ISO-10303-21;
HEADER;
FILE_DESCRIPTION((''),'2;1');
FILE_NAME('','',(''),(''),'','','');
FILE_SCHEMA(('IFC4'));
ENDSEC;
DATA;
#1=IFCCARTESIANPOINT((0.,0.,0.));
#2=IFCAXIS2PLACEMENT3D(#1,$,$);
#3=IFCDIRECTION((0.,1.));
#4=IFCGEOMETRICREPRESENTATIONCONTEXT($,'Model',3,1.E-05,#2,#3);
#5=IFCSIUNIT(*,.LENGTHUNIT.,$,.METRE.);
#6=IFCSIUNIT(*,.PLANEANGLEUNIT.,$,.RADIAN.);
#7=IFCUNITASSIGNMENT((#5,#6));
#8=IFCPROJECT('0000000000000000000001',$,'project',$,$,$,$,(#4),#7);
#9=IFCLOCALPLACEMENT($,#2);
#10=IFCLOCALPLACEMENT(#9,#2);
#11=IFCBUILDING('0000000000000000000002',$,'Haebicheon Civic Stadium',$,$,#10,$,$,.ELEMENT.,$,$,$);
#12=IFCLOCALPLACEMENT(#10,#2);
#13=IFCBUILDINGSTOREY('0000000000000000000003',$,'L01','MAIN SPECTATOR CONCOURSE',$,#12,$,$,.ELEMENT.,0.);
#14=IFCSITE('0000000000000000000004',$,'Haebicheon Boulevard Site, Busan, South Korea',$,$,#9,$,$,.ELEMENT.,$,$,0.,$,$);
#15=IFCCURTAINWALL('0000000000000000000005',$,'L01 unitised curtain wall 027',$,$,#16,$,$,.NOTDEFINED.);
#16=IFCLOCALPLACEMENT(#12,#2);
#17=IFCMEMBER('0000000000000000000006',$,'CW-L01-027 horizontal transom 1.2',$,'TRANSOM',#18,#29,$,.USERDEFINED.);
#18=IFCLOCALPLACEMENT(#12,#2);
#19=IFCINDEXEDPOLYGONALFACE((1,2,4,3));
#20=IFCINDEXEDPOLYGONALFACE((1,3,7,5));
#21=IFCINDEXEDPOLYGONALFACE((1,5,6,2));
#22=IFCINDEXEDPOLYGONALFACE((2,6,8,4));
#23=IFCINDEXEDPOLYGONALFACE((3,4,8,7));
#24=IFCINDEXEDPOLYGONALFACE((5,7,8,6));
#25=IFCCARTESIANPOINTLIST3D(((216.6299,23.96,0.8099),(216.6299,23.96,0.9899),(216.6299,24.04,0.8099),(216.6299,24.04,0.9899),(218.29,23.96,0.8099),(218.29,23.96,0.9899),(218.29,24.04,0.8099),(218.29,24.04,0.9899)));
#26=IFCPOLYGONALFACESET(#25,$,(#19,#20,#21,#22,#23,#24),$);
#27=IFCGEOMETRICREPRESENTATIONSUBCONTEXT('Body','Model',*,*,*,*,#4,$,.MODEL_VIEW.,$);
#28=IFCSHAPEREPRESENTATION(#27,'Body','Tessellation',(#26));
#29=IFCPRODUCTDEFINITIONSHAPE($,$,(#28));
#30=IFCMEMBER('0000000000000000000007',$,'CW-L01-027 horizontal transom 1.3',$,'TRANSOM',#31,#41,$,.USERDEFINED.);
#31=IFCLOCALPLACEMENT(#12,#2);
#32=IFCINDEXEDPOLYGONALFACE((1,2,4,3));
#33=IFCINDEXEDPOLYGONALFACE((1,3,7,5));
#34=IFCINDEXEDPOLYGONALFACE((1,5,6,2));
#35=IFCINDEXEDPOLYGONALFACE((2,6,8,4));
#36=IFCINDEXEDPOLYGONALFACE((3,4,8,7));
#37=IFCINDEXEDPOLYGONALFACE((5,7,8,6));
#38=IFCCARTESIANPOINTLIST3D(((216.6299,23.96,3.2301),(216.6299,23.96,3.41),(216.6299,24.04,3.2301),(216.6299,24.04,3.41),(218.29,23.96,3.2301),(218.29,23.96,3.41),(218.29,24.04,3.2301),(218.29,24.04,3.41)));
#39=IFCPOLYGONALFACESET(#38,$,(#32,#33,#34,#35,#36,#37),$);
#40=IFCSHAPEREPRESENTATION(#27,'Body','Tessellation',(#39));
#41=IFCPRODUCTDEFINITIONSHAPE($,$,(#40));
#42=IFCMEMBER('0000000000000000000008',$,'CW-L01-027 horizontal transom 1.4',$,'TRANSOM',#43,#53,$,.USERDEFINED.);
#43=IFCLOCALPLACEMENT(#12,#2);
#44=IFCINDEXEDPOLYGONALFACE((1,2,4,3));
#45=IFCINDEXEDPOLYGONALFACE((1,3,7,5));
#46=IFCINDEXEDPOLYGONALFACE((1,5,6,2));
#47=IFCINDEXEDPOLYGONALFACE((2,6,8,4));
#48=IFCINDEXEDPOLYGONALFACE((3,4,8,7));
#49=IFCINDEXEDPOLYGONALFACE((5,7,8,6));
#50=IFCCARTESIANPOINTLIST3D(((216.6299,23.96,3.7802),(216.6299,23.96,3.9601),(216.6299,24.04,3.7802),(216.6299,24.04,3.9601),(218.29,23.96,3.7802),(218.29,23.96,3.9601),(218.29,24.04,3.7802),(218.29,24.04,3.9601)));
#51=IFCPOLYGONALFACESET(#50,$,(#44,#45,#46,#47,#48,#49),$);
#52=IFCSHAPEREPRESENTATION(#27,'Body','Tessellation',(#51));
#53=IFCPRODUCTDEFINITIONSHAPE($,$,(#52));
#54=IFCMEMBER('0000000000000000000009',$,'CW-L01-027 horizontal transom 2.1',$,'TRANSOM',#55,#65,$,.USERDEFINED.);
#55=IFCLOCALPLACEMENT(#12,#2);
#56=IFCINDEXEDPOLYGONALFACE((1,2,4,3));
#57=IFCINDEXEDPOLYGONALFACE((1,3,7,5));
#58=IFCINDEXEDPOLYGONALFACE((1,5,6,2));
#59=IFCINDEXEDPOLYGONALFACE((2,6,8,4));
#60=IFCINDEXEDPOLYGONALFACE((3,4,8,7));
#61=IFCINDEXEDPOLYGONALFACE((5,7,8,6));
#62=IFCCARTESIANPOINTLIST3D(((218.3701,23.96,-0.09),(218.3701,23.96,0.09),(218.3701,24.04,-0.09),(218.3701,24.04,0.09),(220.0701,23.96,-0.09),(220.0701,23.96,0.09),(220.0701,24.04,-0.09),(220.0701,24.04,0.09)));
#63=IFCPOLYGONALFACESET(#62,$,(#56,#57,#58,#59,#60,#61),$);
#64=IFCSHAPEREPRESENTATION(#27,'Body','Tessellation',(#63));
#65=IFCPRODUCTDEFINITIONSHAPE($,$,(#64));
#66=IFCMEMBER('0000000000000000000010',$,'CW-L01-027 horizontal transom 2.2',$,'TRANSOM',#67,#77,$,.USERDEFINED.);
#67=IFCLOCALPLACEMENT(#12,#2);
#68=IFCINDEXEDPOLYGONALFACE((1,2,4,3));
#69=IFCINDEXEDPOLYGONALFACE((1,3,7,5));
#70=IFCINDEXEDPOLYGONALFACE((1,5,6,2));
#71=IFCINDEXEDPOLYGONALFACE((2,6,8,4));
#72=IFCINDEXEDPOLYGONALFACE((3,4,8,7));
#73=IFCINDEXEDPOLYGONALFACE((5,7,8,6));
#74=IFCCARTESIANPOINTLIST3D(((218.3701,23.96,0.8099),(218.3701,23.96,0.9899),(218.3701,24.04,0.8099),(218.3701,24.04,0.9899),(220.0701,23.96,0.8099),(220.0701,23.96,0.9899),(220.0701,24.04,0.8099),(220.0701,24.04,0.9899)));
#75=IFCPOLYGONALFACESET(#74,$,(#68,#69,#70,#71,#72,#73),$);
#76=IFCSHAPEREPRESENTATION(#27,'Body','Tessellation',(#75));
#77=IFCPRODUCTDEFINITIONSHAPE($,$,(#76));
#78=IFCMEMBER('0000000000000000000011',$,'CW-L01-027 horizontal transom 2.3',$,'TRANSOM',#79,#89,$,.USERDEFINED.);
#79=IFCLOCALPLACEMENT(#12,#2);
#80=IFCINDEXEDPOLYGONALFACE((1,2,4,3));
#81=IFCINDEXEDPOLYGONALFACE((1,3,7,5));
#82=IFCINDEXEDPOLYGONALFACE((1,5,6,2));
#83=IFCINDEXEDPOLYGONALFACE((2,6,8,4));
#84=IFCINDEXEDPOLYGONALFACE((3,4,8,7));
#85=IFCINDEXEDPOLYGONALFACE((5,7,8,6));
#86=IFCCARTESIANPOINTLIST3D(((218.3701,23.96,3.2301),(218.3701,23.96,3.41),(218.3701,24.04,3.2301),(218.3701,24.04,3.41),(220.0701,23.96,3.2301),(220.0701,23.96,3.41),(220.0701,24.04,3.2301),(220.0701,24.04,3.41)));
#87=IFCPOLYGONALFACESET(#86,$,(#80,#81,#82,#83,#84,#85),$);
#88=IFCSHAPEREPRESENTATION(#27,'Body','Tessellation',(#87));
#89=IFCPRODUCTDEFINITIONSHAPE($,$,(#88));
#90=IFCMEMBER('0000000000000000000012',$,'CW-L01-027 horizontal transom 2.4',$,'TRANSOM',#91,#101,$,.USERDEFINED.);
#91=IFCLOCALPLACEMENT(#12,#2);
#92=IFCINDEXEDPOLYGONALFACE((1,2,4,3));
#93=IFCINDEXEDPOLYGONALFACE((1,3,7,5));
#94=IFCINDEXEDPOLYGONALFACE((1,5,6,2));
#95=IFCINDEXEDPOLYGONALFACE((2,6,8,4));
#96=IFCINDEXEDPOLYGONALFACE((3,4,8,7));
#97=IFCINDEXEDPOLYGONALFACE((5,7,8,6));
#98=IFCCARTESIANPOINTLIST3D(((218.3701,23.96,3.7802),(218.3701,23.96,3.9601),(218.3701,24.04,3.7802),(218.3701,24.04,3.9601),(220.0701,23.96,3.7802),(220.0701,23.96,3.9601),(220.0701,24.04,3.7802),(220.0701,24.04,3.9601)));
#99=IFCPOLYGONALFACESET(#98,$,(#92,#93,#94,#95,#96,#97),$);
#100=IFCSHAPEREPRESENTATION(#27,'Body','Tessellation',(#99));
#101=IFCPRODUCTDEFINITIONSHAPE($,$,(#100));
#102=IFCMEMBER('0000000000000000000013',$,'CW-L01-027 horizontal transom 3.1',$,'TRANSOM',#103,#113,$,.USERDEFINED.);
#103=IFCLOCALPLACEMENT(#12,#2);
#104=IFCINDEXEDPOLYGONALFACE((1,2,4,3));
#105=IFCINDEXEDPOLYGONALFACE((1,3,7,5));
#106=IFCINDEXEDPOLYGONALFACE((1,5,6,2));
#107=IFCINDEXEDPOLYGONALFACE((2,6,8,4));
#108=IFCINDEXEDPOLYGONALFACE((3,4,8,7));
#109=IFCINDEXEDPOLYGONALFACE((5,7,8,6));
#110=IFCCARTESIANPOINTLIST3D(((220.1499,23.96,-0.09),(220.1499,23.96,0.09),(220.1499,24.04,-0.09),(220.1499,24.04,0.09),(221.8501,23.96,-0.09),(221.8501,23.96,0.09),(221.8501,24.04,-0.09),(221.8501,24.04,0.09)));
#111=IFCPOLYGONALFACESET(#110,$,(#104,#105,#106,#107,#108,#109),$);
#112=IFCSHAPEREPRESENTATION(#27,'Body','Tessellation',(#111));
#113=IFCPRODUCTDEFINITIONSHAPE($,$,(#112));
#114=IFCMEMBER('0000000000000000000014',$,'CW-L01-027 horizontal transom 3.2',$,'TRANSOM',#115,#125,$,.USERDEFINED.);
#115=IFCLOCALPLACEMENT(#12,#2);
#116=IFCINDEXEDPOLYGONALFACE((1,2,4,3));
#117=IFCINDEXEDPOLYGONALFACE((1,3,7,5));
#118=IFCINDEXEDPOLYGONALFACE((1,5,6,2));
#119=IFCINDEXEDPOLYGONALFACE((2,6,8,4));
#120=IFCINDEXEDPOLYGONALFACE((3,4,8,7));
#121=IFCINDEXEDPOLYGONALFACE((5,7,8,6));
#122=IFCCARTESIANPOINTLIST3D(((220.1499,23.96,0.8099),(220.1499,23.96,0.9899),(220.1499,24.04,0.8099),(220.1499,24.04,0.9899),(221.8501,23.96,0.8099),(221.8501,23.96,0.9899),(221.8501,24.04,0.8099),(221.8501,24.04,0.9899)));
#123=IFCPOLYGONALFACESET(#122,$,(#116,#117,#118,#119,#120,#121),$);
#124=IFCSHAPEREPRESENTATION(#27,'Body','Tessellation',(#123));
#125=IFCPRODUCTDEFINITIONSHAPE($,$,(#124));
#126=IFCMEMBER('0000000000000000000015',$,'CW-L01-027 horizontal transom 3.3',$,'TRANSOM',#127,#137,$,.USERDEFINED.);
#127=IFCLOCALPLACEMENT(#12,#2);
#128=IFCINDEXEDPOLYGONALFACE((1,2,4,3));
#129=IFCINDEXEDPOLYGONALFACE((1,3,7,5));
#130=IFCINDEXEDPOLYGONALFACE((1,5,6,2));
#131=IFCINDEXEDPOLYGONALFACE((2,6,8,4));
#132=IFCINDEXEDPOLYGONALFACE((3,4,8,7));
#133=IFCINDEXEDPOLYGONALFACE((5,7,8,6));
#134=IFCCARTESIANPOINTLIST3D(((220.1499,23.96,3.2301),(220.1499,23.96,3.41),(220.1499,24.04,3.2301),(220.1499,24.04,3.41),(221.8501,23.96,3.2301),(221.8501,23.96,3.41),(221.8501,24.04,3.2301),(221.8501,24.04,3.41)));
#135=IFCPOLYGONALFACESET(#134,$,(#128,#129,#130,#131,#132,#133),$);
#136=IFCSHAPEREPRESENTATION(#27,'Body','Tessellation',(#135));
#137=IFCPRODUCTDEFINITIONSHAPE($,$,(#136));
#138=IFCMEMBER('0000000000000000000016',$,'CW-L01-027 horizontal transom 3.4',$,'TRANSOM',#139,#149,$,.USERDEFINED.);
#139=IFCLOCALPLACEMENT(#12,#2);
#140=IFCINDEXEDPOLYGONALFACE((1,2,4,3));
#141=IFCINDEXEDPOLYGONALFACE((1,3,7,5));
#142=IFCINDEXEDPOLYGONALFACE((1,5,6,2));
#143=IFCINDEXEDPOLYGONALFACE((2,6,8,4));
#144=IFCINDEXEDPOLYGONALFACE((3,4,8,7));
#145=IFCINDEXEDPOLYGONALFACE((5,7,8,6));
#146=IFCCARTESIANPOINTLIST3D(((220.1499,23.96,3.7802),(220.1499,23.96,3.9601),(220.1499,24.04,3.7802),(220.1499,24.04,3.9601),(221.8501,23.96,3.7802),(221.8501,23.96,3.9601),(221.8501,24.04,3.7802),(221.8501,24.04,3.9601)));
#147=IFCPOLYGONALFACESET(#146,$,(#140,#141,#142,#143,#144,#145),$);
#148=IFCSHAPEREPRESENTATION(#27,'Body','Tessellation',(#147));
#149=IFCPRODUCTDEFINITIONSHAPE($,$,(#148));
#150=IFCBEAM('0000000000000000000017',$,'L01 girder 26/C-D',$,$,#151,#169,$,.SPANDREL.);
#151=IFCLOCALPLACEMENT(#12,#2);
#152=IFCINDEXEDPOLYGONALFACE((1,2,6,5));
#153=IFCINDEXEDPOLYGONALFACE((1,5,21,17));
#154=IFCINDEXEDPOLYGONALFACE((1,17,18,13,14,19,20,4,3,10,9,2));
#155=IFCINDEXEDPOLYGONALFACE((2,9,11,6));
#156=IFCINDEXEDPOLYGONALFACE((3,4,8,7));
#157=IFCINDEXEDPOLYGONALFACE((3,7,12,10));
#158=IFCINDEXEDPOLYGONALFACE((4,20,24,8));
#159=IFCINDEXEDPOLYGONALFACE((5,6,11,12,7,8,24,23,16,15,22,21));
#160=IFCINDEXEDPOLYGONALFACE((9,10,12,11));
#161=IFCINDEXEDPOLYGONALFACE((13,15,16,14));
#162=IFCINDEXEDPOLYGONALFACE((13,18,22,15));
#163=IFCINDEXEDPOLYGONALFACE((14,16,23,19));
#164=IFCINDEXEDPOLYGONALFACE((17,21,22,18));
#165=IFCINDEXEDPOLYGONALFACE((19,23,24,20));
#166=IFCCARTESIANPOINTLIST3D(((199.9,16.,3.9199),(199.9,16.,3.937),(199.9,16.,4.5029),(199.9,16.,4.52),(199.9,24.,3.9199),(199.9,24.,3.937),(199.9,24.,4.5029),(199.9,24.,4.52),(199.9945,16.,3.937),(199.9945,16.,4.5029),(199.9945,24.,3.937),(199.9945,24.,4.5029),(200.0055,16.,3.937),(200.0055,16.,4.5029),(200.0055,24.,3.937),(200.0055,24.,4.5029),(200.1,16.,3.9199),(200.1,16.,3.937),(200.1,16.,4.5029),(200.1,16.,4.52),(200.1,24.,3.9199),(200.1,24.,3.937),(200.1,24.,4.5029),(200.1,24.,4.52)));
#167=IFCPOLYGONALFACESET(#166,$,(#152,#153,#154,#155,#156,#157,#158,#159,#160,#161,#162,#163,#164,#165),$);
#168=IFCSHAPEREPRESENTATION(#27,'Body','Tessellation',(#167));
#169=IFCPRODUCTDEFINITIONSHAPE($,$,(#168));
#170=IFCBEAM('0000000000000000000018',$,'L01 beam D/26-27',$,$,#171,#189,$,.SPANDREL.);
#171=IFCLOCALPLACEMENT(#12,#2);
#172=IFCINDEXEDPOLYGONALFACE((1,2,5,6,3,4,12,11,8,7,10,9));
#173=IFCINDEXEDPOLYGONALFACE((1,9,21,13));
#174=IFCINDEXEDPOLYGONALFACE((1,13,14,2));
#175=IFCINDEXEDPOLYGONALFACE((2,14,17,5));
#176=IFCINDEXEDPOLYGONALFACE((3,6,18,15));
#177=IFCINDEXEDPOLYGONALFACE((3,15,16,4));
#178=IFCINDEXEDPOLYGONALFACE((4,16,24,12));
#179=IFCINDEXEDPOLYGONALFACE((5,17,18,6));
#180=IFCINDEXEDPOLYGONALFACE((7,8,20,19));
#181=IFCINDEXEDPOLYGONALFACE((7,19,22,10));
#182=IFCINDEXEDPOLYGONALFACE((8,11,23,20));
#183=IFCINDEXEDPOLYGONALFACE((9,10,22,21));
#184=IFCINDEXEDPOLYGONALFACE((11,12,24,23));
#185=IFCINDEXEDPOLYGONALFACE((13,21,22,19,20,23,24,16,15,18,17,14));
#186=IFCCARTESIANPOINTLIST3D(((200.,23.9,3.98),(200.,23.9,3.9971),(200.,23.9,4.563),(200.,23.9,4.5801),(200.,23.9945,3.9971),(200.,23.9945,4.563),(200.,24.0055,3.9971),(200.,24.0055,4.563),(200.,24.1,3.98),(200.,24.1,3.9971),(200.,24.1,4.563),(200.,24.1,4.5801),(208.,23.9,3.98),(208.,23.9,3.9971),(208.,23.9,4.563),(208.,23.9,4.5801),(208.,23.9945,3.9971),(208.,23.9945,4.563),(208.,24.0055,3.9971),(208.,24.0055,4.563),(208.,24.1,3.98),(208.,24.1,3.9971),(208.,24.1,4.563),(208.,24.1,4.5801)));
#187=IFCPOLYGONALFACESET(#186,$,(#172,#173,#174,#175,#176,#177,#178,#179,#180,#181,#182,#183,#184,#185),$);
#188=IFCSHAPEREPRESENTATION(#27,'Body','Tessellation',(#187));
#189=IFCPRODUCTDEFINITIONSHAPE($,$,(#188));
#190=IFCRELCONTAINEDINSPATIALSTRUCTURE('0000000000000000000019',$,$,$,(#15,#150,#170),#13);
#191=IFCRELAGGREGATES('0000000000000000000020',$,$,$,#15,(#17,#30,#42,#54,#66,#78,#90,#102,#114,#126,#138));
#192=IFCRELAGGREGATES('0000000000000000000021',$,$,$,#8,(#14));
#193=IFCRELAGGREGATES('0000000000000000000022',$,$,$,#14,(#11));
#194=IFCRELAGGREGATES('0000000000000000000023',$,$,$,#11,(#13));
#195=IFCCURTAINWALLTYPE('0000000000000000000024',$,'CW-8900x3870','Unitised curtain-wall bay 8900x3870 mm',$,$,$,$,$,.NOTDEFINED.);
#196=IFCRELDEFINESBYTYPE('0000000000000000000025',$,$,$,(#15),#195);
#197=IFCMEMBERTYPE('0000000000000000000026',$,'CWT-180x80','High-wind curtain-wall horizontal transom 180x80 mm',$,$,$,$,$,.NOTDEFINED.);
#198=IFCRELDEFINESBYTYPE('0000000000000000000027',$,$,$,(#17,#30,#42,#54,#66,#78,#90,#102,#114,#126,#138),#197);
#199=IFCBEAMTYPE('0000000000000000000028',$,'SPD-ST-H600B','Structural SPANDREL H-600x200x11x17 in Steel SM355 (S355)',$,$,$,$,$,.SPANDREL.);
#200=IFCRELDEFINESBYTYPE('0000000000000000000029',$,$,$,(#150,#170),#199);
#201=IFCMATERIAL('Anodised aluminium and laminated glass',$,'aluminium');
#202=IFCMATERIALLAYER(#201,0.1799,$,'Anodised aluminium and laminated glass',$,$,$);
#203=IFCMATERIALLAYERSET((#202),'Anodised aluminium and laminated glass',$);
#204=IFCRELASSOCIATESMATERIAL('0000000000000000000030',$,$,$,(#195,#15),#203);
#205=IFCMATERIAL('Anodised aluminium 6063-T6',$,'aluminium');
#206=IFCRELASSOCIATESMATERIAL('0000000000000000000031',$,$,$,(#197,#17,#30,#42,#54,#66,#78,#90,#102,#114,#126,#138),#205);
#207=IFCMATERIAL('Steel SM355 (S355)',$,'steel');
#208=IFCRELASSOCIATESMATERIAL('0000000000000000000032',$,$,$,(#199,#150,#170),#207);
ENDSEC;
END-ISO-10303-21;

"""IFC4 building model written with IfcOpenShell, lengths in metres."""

from ifc_helpers import new_model, si_unit, direction, frame, origin, origin_2d, place, context, subcontext, project, spatial, rectangle, i_section, extrude, material, layer, layer_set, material_profile, profile_set, type_object, element, aggregate, save


model = new_model("IFC4")

# Units and contexts
model_context = context("Model", 3, precision=1e-05, world=origin(), true_north=direction((0.0, 1.0)))
body_context = subcontext(model_context, "Body", "Model", "MODEL_VIEW")
ifc_project = project(units=[si_unit("LENGTHUNIT", "METRE"), si_unit("PLANEANGLEUNIT", "RADIAN")], contexts=[model_context])

# Site, building, storey
site_placement = place(None, origin())
site = spatial("IfcSite", under=ifc_project, at=site_placement, Name="Haebicheon Boulevard Site, Busan, South Korea", CompositionType="ELEMENT", RefElevation=0.0)
building_placement = place(site_placement, origin())
building = spatial("IfcBuilding", under=site, at=building_placement, Name="Haebicheon Civic Stadium", CompositionType="ELEMENT")
storey_placement = place(building_placement, origin())
storey = spatial("IfcBuildingStorey", under=building, at=storey_placement, Name="L01", Description="MAIN SPECTATOR CONCOURSE", CompositionType="ELEMENT", Elevation=0.0)

# Curtain wall, members
ifc_material_1 = material(Name="Anodised aluminium and laminated glass", Category="aluminium")
ifc_layer_1 = layer(ifc_material_1, 0.1799, Name="Anodised aluminium and laminated glass")
ifc_layer_set_1 = layer_set([ifc_layer_1], Name="Anodised aluminium and laminated glass")
curtain_wall_type_1 = type_object("IfcCurtainWallType", Name="CW-8900x3870", Description="Unitised curtain-wall bay 8900x3870 mm", PredefinedType="NOTDEFINED", material=ifc_layer_set_1)
curtain_wall_1_placement = place(storey_placement, origin())
curtain_wall_1 = element("IfcCurtainWall", 1, at=curtain_wall_1_placement, inside=storey, type_object=curtain_wall_type_1, material=ifc_layer_set_1, Name="L01 unitised curtain wall 027", PredefinedType="NOTDEFINED")
ifc_material_2 = material(Name="Anodised aluminium 6063-T6", Category="aluminium")
ifc_material_profile_1 = material_profile(ifc_material_2, rectangle(XDim=0.0801, YDim=0.1799, at=origin_2d()), Name="ALU-TRAN-80x180")
ifc_profile_set_1 = profile_set([ifc_material_profile_1], Name="Anodised aluminium 6063-T6")
member_type_1 = type_object("IfcMemberType", Name="CWT-180x80", Description="High-wind curtain-wall horizontal transom 180x80 mm", PredefinedType="NOTDEFINED", material=ifc_profile_set_1)
member_1_placement = place(storey_placement, frame((216.6299, 24.0, 0.8999), z_axis=(1.0, 0.0, 0.0), x_axis=(0.0, 1.0, 0.0)))
member_1 = element("IfcMember", 2, at=member_1_placement, type_object=member_type_1, material=ifc_profile_set_1, Name="CW-L01-027 horizontal transom 1.2", ObjectType="TRANSOM", PredefinedType="USERDEFINED", context=body_context, shape_type="SweptSolid", body=[
    extrude(rectangle(XDim=0.0801, YDim=0.1799, at=origin_2d()), origin(), (0.0, 0.0, 1.0), 1.6602),
])
member_2_placement = place(storey_placement, frame((216.6299, 24.0, 3.3201), z_axis=(1.0, 0.0, 0.0), x_axis=(0.0, 1.0, 0.0)))
member_2 = element("IfcMember", 3, at=member_2_placement, type_object=member_type_1, material=ifc_profile_set_1, Name="CW-L01-027 horizontal transom 1.3", ObjectType="TRANSOM", PredefinedType="USERDEFINED", context=body_context, shape_type="SweptSolid", body=[
    extrude(rectangle(XDim=0.0801, YDim=0.1799, at=origin_2d()), origin(), (0.0, 0.0, 1.0), 1.6602),
])
member_3_placement = place(storey_placement, frame((216.6299, 24.0, 3.8701), z_axis=(1.0, 0.0, 0.0), x_axis=(0.0, 1.0, 0.0)))
member_3 = element("IfcMember", 4, at=member_3_placement, type_object=member_type_1, material=ifc_profile_set_1, Name="CW-L01-027 horizontal transom 1.4", ObjectType="TRANSOM", PredefinedType="USERDEFINED", context=body_context, shape_type="SweptSolid", body=[
    extrude(rectangle(XDim=0.0801, YDim=0.1799, at=origin_2d()), origin(), (0.0, 0.0, 1.0), 1.6602),
])
member_4_placement = place(storey_placement, frame((218.3701, 24.0, 0.0), z_axis=(1.0, 0.0, 0.0), x_axis=(0.0, 1.0, 0.0)))
member_4 = element("IfcMember", 5, at=member_4_placement, type_object=member_type_1, material=ifc_profile_set_1, Name="CW-L01-027 horizontal transom 2.1", ObjectType="TRANSOM", PredefinedType="USERDEFINED", context=body_context, shape_type="SweptSolid", body=[
    extrude(rectangle(XDim=0.0801, YDim=0.1799, at=origin_2d()), origin(), (0.0, 0.0, 1.0), 1.7),
])
member_5_placement = place(storey_placement, frame((218.3701, 24.0, 0.8999), z_axis=(1.0, 0.0, 0.0), x_axis=(0.0, 1.0, 0.0)))
member_5 = element("IfcMember", 6, at=member_5_placement, type_object=member_type_1, material=ifc_profile_set_1, Name="CW-L01-027 horizontal transom 2.2", ObjectType="TRANSOM", PredefinedType="USERDEFINED", context=body_context, shape_type="SweptSolid", body=[
    extrude(rectangle(XDim=0.0801, YDim=0.1799, at=origin_2d()), origin(), (0.0, 0.0, 1.0), 1.7),
])
member_6_placement = place(storey_placement, frame((218.3701, 24.0, 3.3201), z_axis=(1.0, 0.0, 0.0), x_axis=(0.0, 1.0, 0.0)))
member_6 = element("IfcMember", 7, at=member_6_placement, type_object=member_type_1, material=ifc_profile_set_1, Name="CW-L01-027 horizontal transom 2.3", ObjectType="TRANSOM", PredefinedType="USERDEFINED", context=body_context, shape_type="SweptSolid", body=[
    extrude(rectangle(XDim=0.0801, YDim=0.1799, at=origin_2d()), origin(), (0.0, 0.0, 1.0), 1.7),
])
member_7_placement = place(storey_placement, frame((218.3701, 24.0, 3.8701), z_axis=(1.0, 0.0, 0.0), x_axis=(0.0, 1.0, 0.0)))
member_7 = element("IfcMember", 8, at=member_7_placement, type_object=member_type_1, material=ifc_profile_set_1, Name="CW-L01-027 horizontal transom 2.4", ObjectType="TRANSOM", PredefinedType="USERDEFINED", context=body_context, shape_type="SweptSolid", body=[
    extrude(rectangle(XDim=0.0801, YDim=0.1799, at=origin_2d()), origin(), (0.0, 0.0, 1.0), 1.7),
])
member_8_placement = place(storey_placement, frame((220.1499, 24.0, 0.0), z_axis=(1.0, 0.0, 0.0), x_axis=(0.0, 1.0, 0.0)))
member_8 = element("IfcMember", 9, at=member_8_placement, type_object=member_type_1, material=ifc_profile_set_1, Name="CW-L01-027 horizontal transom 3.1", ObjectType="TRANSOM", PredefinedType="USERDEFINED", context=body_context, shape_type="SweptSolid", body=[
    extrude(rectangle(XDim=0.0801, YDim=0.1799, at=origin_2d()), origin(), (0.0, 0.0, 1.0), 1.7002),
])
member_9_placement = place(storey_placement, frame((220.1499, 24.0, 0.8999), z_axis=(1.0, 0.0, 0.0), x_axis=(0.0, 1.0, 0.0)))
member_9 = element("IfcMember", 10, at=member_9_placement, type_object=member_type_1, material=ifc_profile_set_1, Name="CW-L01-027 horizontal transom 3.2", ObjectType="TRANSOM", PredefinedType="USERDEFINED", context=body_context, shape_type="SweptSolid", body=[
    extrude(rectangle(XDim=0.0801, YDim=0.1799, at=origin_2d()), origin(), (0.0, 0.0, 1.0), 1.7002),
])
member_10_placement = place(storey_placement, frame((220.1499, 24.0, 3.3201), z_axis=(1.0, 0.0, 0.0), x_axis=(0.0, 1.0, 0.0)))
member_10 = element("IfcMember", 11, at=member_10_placement, type_object=member_type_1, material=ifc_profile_set_1, Name="CW-L01-027 horizontal transom 3.3", ObjectType="TRANSOM", PredefinedType="USERDEFINED", context=body_context, shape_type="SweptSolid", body=[
    extrude(rectangle(XDim=0.0801, YDim=0.1799, at=origin_2d()), origin(), (0.0, 0.0, 1.0), 1.7002),
])
member_11_placement = place(storey_placement, frame((220.1499, 24.0, 3.8701), z_axis=(1.0, 0.0, 0.0), x_axis=(0.0, 1.0, 0.0)))
member_11 = element("IfcMember", 12, at=member_11_placement, type_object=member_type_1, material=ifc_profile_set_1, Name="CW-L01-027 horizontal transom 3.4", ObjectType="TRANSOM", PredefinedType="USERDEFINED", context=body_context, shape_type="SweptSolid", body=[
    extrude(rectangle(XDim=0.0801, YDim=0.1799, at=origin_2d()), origin(), (0.0, 0.0, 1.0), 1.7002),
])

# Beams
ifc_material_3 = material(Name="Steel SM355 (S355)", Category="steel")
ifc_material_profile_2 = material_profile(ifc_material_3, i_section(OverallWidth=0.2, OverallDepth=0.6001, WebThickness=0.011, FlangeThickness=0.0171, at=origin_2d()), Name="H-600x200x11x17")
ifc_profile_set_2 = profile_set([ifc_material_profile_2], Name="Steel SM355 (S355)")
beam_type_1 = type_object("IfcBeamType", Name="SPD-ST-H600B", Description="Structural SPANDREL H-600x200x11x17 in Steel SM355 (S355)", PredefinedType="SPANDREL", material=ifc_profile_set_2)
for number, where, z_axis, x_axis, name in (
    (13, (200.0, 16.0, 4.22), (0.0, 1.0, 0.0), (-1.0, 0.0, 0.0), "L01 girder 26/C-D"),
    (14, (200.0, 24.0, 4.28), (1.0, 0.0, 0.0), (0.0, 1.0, 0.0), "L01 beam D/26-27"),
):
    element("IfcBeam", number, at=place(storey_placement, frame(where, z_axis=z_axis, x_axis=x_axis)), inside=storey, type_object=beam_type_1, material=ifc_profile_set_2, Name=name, PredefinedType="SPANDREL", context=body_context, shape_type="SweptSolid", body=[
        extrude(i_section(OverallWidth=0.2, OverallDepth=0.6001, WebThickness=0.011, FlangeThickness=0.0171, at=origin_2d()), origin(), (0.0, 0.0, 1.0), 8.0),
    ])

aggregate(curtain_wall_1, [member_1, member_2, member_3, member_4, member_5, member_6, member_7, member_8, member_9, member_10, member_11])

save(model, "model.ifc")
